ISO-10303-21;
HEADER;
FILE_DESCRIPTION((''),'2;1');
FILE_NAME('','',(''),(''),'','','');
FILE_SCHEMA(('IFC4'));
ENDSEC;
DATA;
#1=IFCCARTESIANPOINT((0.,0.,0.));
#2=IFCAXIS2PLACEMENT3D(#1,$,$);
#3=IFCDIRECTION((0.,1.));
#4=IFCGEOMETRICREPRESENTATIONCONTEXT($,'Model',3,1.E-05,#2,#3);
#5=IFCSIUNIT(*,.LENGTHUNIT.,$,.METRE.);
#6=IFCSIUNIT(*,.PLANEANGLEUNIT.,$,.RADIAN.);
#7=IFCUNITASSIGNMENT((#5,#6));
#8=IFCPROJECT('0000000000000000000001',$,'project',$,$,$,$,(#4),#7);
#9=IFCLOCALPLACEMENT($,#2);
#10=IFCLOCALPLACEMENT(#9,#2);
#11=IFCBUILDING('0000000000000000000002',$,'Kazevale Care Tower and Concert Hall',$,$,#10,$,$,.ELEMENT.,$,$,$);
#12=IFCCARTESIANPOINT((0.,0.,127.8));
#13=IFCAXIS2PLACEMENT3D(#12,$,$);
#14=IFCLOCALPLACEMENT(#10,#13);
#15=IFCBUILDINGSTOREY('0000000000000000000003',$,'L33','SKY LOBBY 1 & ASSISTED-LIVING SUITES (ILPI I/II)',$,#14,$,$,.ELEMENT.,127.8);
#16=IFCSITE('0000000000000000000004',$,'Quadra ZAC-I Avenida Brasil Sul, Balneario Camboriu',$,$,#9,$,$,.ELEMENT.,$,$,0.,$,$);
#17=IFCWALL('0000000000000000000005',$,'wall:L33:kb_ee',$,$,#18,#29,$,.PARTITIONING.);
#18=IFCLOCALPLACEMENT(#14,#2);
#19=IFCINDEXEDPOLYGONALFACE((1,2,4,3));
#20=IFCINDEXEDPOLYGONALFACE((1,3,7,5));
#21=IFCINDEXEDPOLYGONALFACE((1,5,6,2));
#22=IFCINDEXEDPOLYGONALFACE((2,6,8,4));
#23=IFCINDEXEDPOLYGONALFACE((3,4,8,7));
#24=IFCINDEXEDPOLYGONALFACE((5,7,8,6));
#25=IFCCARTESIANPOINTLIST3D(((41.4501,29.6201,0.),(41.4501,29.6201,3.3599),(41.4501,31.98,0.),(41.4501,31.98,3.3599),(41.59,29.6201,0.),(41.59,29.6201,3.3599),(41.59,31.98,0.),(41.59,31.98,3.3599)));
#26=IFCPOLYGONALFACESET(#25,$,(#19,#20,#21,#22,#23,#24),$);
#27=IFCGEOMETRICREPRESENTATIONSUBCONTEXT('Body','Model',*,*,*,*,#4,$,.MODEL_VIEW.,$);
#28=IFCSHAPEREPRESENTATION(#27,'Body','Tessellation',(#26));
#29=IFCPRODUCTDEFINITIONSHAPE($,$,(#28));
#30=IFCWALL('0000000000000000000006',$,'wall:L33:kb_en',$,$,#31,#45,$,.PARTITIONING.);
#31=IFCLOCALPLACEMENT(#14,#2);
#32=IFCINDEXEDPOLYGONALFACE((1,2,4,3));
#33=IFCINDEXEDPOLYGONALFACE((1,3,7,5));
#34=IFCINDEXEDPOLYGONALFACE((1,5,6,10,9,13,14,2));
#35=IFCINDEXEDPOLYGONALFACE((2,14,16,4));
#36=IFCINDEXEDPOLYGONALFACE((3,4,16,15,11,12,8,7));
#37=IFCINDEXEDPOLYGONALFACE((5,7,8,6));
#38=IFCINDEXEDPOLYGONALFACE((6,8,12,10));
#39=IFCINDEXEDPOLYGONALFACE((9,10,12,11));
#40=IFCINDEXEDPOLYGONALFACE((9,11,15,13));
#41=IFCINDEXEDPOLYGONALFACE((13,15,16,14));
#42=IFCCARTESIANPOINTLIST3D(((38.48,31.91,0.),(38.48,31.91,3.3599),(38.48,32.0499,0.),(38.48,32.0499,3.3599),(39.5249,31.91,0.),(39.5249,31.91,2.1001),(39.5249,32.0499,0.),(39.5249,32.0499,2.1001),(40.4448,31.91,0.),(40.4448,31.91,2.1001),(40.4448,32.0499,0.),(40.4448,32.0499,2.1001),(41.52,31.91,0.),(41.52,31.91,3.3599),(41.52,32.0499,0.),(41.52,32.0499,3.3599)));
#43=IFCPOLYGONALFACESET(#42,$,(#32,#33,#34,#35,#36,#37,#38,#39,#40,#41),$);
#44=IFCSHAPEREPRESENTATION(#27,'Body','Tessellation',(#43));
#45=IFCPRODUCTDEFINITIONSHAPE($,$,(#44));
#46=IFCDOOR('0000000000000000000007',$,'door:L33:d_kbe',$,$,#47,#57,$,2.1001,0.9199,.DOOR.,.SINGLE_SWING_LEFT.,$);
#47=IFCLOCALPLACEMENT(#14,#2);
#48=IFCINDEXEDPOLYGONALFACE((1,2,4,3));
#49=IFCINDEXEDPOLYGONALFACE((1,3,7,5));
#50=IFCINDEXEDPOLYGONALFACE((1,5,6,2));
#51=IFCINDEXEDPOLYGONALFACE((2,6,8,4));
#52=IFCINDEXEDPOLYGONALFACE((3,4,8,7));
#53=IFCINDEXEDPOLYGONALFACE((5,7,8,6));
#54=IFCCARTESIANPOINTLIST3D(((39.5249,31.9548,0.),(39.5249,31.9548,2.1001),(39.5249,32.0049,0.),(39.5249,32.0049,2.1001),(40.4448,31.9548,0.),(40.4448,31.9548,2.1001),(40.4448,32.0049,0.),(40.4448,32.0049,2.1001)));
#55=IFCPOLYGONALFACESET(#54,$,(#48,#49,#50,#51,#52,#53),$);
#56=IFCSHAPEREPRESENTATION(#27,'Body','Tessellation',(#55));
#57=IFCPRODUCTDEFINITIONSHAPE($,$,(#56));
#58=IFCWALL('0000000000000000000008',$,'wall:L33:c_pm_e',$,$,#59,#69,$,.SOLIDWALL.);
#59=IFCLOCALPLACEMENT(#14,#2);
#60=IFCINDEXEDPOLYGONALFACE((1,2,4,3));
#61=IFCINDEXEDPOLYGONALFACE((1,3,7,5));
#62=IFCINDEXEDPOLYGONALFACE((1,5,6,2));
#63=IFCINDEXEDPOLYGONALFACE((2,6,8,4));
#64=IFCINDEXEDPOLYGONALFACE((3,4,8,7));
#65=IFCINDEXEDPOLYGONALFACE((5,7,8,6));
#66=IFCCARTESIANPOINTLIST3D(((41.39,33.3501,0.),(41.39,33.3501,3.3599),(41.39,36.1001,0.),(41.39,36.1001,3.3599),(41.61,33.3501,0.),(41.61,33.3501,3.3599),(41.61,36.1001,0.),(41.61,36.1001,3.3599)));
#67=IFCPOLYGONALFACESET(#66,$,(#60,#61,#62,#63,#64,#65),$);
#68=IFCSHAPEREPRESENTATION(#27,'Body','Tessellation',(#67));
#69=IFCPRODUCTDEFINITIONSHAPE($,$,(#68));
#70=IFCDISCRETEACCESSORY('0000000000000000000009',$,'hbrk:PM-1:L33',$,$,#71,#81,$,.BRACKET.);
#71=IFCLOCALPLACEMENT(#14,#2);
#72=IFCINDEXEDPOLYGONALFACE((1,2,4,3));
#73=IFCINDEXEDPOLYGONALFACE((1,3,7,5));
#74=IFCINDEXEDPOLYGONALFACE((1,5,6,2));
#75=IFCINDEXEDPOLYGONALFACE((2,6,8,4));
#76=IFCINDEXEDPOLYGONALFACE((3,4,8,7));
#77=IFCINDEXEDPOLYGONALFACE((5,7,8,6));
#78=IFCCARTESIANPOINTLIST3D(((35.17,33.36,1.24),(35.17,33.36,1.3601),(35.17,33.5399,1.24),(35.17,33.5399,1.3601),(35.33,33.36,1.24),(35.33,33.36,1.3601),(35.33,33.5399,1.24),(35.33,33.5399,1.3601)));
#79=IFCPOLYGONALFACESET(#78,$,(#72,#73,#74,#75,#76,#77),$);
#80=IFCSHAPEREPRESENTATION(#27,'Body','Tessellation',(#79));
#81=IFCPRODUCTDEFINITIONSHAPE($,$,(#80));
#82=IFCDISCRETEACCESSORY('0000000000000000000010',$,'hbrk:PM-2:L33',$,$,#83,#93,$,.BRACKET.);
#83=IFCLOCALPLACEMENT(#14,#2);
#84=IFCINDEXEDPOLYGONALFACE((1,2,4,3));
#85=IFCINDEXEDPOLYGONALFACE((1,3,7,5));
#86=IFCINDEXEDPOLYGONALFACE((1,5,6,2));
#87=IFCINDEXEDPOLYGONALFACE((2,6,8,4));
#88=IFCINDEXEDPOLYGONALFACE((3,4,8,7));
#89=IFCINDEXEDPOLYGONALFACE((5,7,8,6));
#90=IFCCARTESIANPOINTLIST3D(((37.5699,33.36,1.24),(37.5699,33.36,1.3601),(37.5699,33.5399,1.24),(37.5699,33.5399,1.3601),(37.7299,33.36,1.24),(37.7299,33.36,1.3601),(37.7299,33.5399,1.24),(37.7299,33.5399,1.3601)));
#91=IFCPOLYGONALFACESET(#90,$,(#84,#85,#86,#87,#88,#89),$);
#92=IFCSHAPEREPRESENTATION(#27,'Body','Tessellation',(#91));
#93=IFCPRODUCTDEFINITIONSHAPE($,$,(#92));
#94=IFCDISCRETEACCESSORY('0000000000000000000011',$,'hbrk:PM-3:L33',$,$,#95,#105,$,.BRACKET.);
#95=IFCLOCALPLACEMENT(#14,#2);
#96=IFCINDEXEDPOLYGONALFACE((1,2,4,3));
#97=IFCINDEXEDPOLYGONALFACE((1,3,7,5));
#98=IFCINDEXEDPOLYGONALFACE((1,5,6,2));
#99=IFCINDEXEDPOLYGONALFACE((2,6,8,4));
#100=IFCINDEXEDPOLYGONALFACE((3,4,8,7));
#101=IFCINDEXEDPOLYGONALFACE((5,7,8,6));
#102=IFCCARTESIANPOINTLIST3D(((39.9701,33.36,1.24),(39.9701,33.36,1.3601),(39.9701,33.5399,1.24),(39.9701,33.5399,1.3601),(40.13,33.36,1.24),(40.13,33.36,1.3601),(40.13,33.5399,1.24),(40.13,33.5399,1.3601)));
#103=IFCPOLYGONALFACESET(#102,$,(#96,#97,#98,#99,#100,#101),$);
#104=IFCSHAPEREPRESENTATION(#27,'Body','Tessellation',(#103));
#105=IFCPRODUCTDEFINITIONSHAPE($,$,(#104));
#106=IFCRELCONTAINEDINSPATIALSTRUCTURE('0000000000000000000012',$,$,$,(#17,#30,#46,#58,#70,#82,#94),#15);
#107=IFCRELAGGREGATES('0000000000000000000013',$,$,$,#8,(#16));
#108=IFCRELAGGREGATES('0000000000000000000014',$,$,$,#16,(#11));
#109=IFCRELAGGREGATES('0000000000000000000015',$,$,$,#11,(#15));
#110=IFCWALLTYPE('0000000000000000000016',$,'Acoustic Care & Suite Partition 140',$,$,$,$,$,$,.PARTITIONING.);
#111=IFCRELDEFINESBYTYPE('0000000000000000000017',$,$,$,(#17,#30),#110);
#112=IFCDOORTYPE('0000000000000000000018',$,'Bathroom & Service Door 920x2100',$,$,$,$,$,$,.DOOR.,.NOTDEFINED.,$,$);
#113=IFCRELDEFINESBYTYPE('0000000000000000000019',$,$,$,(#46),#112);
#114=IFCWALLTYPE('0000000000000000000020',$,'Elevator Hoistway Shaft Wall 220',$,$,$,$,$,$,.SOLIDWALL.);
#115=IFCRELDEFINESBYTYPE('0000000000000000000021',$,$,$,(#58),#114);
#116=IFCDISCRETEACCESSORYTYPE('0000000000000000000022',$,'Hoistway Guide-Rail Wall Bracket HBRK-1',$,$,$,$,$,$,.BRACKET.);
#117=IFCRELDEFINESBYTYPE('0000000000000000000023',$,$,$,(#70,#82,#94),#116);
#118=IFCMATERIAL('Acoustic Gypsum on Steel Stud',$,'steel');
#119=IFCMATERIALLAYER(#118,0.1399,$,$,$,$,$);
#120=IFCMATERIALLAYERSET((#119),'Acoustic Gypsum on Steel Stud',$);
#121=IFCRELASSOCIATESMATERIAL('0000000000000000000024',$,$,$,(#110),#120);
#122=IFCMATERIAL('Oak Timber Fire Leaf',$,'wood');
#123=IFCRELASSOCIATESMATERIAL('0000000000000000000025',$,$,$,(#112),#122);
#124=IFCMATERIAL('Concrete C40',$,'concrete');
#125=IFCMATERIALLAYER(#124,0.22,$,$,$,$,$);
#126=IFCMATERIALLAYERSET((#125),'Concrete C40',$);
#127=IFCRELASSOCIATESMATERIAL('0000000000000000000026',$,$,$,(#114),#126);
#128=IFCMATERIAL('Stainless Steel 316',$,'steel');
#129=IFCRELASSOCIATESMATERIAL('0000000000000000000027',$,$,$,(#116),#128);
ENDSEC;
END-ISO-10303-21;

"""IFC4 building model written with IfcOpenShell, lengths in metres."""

from ifc_helpers import new_model, si_unit, direction, frame, frame_2d, origin, origin_2d, place, context, subcontext, project, spatial, rectangle, extrude, material, layer, layer_set, type_object, element, fill, save


model = new_model("IFC4")

# Units and contexts
model_context = context("Model", 3, precision=1e-05, world=origin(), true_north=direction((0.0, 1.0)))
body_context = subcontext(model_context, "Body", "Model", "MODEL_VIEW")
ifc_project = project(units=[si_unit("LENGTHUNIT", "METRE"), si_unit("PLANEANGLEUNIT", "RADIAN")], contexts=[model_context])

# Site, building, storey
site_placement = place(None, origin())
site = spatial("IfcSite", under=ifc_project, at=site_placement, Name="Quadra ZAC-I Avenida Brasil Sul, Balneario Camboriu", CompositionType="ELEMENT", RefElevation=0.0)
building_placement = place(site_placement, origin())
building = spatial("IfcBuilding", under=site, at=building_placement, Name="Kazevale Care Tower and Concert Hall", CompositionType="ELEMENT")
storey_placement = place(building_placement, frame((0.0, 0.0, 127.8)))
storey = spatial("IfcBuildingStorey", under=building, at=storey_placement, Name="L33", Description="SKY LOBBY 1 & ASSISTED-LIVING SUITES (ILPI I/II)", CompositionType="ELEMENT", Elevation=127.8)

# Wall
ifc_material_1 = material(Name="Acoustic Gypsum on Steel Stud", Category="steel")
ifc_layer_1 = layer(ifc_material_1, 0.1399)
ifc_layer_set_1 = layer_set([ifc_layer_1], Name="Acoustic Gypsum on Steel Stud")
wall_type_1 = type_object("IfcWallType", Name="Acoustic Care & Suite Partition 140", PredefinedType="PARTITIONING", material=ifc_layer_set_1)
for number, where, z_axis, x_axis, name in (
    (1, (41.52, 29.6201, 0.0), (0.0, 0.0, 1.0), (0.0, 1.0, 0.0), "wall:L33:kb_ee"),
):
    element("IfcWall", number, at=place(storey_placement, frame(where, z_axis=z_axis, x_axis=x_axis)), inside=storey, type_object=wall_type_1, Name=name, PredefinedType="PARTITIONING", context=body_context, shape_type="SweptSolid", body=[
        extrude(rectangle(XDim=2.3599, YDim=0.1399, at=frame_2d((1.1799, 0.0))), origin(), (0.0, 0.0, 1.0), 3.3599),
    ])

# Wall, opening, door
wall_1_placement = place(storey_placement, frame((38.48, 31.98, 0.0), z_axis=(0.0, 0.0, 1.0), x_axis=(1.0, 0.0, 0.0)))
wall_1 = element("IfcWall", 2, at=wall_1_placement, inside=storey, type_object=wall_type_1, Name="wall:L33:kb_en", PredefinedType="PARTITIONING", context=body_context, shape_type="SweptSolid", body=[
    extrude(rectangle(XDim=3.04, YDim=0.1399, at=frame_2d((1.52, 0.0))), origin(), (0.0, 0.0, 1.0), 3.3599),
])
opening_placement = place(wall_1_placement, frame((1.0449, 0.0, 0.0)))
opening = element("IfcOpeningElement", 3, at=opening_placement, cuts=wall_1, PredefinedType="OPENING", context=body_context, shape_type="SweptSolid", body=[
    extrude(rectangle(XDim=0.9199, YDim=2.1001, at=frame_2d((0.46, 1.05))), frame((0.0, 0.0798, 0.0), z_axis=(0.0, -1.0, 0.0), x_axis=(1.0, 0.0, 0.0)), (0.0, 0.0, 1.0), 0.1599),
])
ifc_material_2 = material(Name="Oak Timber Fire Leaf", Category="wood")
door_type = type_object("IfcDoorType", Name="Bathroom & Service Door 920x2100", OperationType="NOTDEFINED", PredefinedType="DOOR", material=ifc_material_2)
door_placement = place(opening_placement, origin())
door = element("IfcDoor", 4, at=door_placement, inside=storey, type_object=door_type, Name="door:L33:d_kbe", OperationType="SINGLE_SWING_LEFT", OverallHeight=2.1001, OverallWidth=0.9199, PredefinedType="DOOR", context=body_context, shape_type="SweptSolid", body=[
    extrude(rectangle(XDim=0.9199, YDim=2.1001, at=frame_2d((0.46, 1.05))), frame((0.0, 0.0249, 0.0), z_axis=(0.0, -1.0, 0.0), x_axis=(1.0, 0.0, 0.0)), (0.0, 0.0, 1.0), 0.05),
])
fill(opening, door)

# Wall
ifc_material_3 = material(Name="Concrete C40", Category="concrete")
ifc_layer_2 = layer(ifc_material_3, 0.22)
ifc_layer_set_2 = layer_set([ifc_layer_2], Name="Concrete C40")
wall_type_2 = type_object("IfcWallType", Name="Elevator Hoistway Shaft Wall 220", PredefinedType="SOLIDWALL", material=ifc_layer_set_2)
wall_2_placement = place(storey_placement, frame((41.5, 33.3501, 0.0), z_axis=(0.0, 0.0, 1.0), x_axis=(0.0, 1.0, 0.0)))
element("IfcWall", 5, at=wall_2_placement, inside=storey, type_object=wall_type_2, Name="wall:L33:c_pm_e", PredefinedType="SOLIDWALL", context=body_context, shape_type="SweptSolid", body=[
    extrude(rectangle(XDim=2.75, YDim=0.22, at=frame_2d((1.375, 0.0))), origin(), (0.0, 0.0, 1.0), 3.3599),
])

# Discrete accessories
ifc_material_4 = material(Name="Stainless Steel 316", Category="steel")
discrete_accessory_type = type_object("IfcDiscreteAccessoryType", Name="Hoistway Guide-Rail Wall Bracket HBRK-1", PredefinedType="BRACKET", material=ifc_material_4)
for number, where, z_axis, x_axis, name in (
    (6, (35.25, 33.45, 1.24), (0.0, 0.0, 1.0), (1.0, 0.0, 0.0), "hbrk:PM-1:L33"),
    (7, (37.6499, 33.45, 1.24), (0.0, 0.0, 1.0), (1.0, 0.0, 0.0), "hbrk:PM-2:L33"),
    (8, (40.05, 33.45, 1.24), (0.0, 0.0, 1.0), (1.0, 0.0, 0.0), "hbrk:PM-3:L33"),
):
    element("IfcDiscreteAccessory", number, at=place(storey_placement, frame(where, z_axis=z_axis, x_axis=x_axis)), inside=storey, type_object=discrete_accessory_type, Name=name, PredefinedType="BRACKET", context=body_context, shape_type="SweptSolid", body=[
        extrude(rectangle(XDim=0.1599, YDim=0.1799, at=origin_2d()), origin(), (0.0, 0.0, 1.0), 0.1201),
    ])

save(model, "model.ifc")
